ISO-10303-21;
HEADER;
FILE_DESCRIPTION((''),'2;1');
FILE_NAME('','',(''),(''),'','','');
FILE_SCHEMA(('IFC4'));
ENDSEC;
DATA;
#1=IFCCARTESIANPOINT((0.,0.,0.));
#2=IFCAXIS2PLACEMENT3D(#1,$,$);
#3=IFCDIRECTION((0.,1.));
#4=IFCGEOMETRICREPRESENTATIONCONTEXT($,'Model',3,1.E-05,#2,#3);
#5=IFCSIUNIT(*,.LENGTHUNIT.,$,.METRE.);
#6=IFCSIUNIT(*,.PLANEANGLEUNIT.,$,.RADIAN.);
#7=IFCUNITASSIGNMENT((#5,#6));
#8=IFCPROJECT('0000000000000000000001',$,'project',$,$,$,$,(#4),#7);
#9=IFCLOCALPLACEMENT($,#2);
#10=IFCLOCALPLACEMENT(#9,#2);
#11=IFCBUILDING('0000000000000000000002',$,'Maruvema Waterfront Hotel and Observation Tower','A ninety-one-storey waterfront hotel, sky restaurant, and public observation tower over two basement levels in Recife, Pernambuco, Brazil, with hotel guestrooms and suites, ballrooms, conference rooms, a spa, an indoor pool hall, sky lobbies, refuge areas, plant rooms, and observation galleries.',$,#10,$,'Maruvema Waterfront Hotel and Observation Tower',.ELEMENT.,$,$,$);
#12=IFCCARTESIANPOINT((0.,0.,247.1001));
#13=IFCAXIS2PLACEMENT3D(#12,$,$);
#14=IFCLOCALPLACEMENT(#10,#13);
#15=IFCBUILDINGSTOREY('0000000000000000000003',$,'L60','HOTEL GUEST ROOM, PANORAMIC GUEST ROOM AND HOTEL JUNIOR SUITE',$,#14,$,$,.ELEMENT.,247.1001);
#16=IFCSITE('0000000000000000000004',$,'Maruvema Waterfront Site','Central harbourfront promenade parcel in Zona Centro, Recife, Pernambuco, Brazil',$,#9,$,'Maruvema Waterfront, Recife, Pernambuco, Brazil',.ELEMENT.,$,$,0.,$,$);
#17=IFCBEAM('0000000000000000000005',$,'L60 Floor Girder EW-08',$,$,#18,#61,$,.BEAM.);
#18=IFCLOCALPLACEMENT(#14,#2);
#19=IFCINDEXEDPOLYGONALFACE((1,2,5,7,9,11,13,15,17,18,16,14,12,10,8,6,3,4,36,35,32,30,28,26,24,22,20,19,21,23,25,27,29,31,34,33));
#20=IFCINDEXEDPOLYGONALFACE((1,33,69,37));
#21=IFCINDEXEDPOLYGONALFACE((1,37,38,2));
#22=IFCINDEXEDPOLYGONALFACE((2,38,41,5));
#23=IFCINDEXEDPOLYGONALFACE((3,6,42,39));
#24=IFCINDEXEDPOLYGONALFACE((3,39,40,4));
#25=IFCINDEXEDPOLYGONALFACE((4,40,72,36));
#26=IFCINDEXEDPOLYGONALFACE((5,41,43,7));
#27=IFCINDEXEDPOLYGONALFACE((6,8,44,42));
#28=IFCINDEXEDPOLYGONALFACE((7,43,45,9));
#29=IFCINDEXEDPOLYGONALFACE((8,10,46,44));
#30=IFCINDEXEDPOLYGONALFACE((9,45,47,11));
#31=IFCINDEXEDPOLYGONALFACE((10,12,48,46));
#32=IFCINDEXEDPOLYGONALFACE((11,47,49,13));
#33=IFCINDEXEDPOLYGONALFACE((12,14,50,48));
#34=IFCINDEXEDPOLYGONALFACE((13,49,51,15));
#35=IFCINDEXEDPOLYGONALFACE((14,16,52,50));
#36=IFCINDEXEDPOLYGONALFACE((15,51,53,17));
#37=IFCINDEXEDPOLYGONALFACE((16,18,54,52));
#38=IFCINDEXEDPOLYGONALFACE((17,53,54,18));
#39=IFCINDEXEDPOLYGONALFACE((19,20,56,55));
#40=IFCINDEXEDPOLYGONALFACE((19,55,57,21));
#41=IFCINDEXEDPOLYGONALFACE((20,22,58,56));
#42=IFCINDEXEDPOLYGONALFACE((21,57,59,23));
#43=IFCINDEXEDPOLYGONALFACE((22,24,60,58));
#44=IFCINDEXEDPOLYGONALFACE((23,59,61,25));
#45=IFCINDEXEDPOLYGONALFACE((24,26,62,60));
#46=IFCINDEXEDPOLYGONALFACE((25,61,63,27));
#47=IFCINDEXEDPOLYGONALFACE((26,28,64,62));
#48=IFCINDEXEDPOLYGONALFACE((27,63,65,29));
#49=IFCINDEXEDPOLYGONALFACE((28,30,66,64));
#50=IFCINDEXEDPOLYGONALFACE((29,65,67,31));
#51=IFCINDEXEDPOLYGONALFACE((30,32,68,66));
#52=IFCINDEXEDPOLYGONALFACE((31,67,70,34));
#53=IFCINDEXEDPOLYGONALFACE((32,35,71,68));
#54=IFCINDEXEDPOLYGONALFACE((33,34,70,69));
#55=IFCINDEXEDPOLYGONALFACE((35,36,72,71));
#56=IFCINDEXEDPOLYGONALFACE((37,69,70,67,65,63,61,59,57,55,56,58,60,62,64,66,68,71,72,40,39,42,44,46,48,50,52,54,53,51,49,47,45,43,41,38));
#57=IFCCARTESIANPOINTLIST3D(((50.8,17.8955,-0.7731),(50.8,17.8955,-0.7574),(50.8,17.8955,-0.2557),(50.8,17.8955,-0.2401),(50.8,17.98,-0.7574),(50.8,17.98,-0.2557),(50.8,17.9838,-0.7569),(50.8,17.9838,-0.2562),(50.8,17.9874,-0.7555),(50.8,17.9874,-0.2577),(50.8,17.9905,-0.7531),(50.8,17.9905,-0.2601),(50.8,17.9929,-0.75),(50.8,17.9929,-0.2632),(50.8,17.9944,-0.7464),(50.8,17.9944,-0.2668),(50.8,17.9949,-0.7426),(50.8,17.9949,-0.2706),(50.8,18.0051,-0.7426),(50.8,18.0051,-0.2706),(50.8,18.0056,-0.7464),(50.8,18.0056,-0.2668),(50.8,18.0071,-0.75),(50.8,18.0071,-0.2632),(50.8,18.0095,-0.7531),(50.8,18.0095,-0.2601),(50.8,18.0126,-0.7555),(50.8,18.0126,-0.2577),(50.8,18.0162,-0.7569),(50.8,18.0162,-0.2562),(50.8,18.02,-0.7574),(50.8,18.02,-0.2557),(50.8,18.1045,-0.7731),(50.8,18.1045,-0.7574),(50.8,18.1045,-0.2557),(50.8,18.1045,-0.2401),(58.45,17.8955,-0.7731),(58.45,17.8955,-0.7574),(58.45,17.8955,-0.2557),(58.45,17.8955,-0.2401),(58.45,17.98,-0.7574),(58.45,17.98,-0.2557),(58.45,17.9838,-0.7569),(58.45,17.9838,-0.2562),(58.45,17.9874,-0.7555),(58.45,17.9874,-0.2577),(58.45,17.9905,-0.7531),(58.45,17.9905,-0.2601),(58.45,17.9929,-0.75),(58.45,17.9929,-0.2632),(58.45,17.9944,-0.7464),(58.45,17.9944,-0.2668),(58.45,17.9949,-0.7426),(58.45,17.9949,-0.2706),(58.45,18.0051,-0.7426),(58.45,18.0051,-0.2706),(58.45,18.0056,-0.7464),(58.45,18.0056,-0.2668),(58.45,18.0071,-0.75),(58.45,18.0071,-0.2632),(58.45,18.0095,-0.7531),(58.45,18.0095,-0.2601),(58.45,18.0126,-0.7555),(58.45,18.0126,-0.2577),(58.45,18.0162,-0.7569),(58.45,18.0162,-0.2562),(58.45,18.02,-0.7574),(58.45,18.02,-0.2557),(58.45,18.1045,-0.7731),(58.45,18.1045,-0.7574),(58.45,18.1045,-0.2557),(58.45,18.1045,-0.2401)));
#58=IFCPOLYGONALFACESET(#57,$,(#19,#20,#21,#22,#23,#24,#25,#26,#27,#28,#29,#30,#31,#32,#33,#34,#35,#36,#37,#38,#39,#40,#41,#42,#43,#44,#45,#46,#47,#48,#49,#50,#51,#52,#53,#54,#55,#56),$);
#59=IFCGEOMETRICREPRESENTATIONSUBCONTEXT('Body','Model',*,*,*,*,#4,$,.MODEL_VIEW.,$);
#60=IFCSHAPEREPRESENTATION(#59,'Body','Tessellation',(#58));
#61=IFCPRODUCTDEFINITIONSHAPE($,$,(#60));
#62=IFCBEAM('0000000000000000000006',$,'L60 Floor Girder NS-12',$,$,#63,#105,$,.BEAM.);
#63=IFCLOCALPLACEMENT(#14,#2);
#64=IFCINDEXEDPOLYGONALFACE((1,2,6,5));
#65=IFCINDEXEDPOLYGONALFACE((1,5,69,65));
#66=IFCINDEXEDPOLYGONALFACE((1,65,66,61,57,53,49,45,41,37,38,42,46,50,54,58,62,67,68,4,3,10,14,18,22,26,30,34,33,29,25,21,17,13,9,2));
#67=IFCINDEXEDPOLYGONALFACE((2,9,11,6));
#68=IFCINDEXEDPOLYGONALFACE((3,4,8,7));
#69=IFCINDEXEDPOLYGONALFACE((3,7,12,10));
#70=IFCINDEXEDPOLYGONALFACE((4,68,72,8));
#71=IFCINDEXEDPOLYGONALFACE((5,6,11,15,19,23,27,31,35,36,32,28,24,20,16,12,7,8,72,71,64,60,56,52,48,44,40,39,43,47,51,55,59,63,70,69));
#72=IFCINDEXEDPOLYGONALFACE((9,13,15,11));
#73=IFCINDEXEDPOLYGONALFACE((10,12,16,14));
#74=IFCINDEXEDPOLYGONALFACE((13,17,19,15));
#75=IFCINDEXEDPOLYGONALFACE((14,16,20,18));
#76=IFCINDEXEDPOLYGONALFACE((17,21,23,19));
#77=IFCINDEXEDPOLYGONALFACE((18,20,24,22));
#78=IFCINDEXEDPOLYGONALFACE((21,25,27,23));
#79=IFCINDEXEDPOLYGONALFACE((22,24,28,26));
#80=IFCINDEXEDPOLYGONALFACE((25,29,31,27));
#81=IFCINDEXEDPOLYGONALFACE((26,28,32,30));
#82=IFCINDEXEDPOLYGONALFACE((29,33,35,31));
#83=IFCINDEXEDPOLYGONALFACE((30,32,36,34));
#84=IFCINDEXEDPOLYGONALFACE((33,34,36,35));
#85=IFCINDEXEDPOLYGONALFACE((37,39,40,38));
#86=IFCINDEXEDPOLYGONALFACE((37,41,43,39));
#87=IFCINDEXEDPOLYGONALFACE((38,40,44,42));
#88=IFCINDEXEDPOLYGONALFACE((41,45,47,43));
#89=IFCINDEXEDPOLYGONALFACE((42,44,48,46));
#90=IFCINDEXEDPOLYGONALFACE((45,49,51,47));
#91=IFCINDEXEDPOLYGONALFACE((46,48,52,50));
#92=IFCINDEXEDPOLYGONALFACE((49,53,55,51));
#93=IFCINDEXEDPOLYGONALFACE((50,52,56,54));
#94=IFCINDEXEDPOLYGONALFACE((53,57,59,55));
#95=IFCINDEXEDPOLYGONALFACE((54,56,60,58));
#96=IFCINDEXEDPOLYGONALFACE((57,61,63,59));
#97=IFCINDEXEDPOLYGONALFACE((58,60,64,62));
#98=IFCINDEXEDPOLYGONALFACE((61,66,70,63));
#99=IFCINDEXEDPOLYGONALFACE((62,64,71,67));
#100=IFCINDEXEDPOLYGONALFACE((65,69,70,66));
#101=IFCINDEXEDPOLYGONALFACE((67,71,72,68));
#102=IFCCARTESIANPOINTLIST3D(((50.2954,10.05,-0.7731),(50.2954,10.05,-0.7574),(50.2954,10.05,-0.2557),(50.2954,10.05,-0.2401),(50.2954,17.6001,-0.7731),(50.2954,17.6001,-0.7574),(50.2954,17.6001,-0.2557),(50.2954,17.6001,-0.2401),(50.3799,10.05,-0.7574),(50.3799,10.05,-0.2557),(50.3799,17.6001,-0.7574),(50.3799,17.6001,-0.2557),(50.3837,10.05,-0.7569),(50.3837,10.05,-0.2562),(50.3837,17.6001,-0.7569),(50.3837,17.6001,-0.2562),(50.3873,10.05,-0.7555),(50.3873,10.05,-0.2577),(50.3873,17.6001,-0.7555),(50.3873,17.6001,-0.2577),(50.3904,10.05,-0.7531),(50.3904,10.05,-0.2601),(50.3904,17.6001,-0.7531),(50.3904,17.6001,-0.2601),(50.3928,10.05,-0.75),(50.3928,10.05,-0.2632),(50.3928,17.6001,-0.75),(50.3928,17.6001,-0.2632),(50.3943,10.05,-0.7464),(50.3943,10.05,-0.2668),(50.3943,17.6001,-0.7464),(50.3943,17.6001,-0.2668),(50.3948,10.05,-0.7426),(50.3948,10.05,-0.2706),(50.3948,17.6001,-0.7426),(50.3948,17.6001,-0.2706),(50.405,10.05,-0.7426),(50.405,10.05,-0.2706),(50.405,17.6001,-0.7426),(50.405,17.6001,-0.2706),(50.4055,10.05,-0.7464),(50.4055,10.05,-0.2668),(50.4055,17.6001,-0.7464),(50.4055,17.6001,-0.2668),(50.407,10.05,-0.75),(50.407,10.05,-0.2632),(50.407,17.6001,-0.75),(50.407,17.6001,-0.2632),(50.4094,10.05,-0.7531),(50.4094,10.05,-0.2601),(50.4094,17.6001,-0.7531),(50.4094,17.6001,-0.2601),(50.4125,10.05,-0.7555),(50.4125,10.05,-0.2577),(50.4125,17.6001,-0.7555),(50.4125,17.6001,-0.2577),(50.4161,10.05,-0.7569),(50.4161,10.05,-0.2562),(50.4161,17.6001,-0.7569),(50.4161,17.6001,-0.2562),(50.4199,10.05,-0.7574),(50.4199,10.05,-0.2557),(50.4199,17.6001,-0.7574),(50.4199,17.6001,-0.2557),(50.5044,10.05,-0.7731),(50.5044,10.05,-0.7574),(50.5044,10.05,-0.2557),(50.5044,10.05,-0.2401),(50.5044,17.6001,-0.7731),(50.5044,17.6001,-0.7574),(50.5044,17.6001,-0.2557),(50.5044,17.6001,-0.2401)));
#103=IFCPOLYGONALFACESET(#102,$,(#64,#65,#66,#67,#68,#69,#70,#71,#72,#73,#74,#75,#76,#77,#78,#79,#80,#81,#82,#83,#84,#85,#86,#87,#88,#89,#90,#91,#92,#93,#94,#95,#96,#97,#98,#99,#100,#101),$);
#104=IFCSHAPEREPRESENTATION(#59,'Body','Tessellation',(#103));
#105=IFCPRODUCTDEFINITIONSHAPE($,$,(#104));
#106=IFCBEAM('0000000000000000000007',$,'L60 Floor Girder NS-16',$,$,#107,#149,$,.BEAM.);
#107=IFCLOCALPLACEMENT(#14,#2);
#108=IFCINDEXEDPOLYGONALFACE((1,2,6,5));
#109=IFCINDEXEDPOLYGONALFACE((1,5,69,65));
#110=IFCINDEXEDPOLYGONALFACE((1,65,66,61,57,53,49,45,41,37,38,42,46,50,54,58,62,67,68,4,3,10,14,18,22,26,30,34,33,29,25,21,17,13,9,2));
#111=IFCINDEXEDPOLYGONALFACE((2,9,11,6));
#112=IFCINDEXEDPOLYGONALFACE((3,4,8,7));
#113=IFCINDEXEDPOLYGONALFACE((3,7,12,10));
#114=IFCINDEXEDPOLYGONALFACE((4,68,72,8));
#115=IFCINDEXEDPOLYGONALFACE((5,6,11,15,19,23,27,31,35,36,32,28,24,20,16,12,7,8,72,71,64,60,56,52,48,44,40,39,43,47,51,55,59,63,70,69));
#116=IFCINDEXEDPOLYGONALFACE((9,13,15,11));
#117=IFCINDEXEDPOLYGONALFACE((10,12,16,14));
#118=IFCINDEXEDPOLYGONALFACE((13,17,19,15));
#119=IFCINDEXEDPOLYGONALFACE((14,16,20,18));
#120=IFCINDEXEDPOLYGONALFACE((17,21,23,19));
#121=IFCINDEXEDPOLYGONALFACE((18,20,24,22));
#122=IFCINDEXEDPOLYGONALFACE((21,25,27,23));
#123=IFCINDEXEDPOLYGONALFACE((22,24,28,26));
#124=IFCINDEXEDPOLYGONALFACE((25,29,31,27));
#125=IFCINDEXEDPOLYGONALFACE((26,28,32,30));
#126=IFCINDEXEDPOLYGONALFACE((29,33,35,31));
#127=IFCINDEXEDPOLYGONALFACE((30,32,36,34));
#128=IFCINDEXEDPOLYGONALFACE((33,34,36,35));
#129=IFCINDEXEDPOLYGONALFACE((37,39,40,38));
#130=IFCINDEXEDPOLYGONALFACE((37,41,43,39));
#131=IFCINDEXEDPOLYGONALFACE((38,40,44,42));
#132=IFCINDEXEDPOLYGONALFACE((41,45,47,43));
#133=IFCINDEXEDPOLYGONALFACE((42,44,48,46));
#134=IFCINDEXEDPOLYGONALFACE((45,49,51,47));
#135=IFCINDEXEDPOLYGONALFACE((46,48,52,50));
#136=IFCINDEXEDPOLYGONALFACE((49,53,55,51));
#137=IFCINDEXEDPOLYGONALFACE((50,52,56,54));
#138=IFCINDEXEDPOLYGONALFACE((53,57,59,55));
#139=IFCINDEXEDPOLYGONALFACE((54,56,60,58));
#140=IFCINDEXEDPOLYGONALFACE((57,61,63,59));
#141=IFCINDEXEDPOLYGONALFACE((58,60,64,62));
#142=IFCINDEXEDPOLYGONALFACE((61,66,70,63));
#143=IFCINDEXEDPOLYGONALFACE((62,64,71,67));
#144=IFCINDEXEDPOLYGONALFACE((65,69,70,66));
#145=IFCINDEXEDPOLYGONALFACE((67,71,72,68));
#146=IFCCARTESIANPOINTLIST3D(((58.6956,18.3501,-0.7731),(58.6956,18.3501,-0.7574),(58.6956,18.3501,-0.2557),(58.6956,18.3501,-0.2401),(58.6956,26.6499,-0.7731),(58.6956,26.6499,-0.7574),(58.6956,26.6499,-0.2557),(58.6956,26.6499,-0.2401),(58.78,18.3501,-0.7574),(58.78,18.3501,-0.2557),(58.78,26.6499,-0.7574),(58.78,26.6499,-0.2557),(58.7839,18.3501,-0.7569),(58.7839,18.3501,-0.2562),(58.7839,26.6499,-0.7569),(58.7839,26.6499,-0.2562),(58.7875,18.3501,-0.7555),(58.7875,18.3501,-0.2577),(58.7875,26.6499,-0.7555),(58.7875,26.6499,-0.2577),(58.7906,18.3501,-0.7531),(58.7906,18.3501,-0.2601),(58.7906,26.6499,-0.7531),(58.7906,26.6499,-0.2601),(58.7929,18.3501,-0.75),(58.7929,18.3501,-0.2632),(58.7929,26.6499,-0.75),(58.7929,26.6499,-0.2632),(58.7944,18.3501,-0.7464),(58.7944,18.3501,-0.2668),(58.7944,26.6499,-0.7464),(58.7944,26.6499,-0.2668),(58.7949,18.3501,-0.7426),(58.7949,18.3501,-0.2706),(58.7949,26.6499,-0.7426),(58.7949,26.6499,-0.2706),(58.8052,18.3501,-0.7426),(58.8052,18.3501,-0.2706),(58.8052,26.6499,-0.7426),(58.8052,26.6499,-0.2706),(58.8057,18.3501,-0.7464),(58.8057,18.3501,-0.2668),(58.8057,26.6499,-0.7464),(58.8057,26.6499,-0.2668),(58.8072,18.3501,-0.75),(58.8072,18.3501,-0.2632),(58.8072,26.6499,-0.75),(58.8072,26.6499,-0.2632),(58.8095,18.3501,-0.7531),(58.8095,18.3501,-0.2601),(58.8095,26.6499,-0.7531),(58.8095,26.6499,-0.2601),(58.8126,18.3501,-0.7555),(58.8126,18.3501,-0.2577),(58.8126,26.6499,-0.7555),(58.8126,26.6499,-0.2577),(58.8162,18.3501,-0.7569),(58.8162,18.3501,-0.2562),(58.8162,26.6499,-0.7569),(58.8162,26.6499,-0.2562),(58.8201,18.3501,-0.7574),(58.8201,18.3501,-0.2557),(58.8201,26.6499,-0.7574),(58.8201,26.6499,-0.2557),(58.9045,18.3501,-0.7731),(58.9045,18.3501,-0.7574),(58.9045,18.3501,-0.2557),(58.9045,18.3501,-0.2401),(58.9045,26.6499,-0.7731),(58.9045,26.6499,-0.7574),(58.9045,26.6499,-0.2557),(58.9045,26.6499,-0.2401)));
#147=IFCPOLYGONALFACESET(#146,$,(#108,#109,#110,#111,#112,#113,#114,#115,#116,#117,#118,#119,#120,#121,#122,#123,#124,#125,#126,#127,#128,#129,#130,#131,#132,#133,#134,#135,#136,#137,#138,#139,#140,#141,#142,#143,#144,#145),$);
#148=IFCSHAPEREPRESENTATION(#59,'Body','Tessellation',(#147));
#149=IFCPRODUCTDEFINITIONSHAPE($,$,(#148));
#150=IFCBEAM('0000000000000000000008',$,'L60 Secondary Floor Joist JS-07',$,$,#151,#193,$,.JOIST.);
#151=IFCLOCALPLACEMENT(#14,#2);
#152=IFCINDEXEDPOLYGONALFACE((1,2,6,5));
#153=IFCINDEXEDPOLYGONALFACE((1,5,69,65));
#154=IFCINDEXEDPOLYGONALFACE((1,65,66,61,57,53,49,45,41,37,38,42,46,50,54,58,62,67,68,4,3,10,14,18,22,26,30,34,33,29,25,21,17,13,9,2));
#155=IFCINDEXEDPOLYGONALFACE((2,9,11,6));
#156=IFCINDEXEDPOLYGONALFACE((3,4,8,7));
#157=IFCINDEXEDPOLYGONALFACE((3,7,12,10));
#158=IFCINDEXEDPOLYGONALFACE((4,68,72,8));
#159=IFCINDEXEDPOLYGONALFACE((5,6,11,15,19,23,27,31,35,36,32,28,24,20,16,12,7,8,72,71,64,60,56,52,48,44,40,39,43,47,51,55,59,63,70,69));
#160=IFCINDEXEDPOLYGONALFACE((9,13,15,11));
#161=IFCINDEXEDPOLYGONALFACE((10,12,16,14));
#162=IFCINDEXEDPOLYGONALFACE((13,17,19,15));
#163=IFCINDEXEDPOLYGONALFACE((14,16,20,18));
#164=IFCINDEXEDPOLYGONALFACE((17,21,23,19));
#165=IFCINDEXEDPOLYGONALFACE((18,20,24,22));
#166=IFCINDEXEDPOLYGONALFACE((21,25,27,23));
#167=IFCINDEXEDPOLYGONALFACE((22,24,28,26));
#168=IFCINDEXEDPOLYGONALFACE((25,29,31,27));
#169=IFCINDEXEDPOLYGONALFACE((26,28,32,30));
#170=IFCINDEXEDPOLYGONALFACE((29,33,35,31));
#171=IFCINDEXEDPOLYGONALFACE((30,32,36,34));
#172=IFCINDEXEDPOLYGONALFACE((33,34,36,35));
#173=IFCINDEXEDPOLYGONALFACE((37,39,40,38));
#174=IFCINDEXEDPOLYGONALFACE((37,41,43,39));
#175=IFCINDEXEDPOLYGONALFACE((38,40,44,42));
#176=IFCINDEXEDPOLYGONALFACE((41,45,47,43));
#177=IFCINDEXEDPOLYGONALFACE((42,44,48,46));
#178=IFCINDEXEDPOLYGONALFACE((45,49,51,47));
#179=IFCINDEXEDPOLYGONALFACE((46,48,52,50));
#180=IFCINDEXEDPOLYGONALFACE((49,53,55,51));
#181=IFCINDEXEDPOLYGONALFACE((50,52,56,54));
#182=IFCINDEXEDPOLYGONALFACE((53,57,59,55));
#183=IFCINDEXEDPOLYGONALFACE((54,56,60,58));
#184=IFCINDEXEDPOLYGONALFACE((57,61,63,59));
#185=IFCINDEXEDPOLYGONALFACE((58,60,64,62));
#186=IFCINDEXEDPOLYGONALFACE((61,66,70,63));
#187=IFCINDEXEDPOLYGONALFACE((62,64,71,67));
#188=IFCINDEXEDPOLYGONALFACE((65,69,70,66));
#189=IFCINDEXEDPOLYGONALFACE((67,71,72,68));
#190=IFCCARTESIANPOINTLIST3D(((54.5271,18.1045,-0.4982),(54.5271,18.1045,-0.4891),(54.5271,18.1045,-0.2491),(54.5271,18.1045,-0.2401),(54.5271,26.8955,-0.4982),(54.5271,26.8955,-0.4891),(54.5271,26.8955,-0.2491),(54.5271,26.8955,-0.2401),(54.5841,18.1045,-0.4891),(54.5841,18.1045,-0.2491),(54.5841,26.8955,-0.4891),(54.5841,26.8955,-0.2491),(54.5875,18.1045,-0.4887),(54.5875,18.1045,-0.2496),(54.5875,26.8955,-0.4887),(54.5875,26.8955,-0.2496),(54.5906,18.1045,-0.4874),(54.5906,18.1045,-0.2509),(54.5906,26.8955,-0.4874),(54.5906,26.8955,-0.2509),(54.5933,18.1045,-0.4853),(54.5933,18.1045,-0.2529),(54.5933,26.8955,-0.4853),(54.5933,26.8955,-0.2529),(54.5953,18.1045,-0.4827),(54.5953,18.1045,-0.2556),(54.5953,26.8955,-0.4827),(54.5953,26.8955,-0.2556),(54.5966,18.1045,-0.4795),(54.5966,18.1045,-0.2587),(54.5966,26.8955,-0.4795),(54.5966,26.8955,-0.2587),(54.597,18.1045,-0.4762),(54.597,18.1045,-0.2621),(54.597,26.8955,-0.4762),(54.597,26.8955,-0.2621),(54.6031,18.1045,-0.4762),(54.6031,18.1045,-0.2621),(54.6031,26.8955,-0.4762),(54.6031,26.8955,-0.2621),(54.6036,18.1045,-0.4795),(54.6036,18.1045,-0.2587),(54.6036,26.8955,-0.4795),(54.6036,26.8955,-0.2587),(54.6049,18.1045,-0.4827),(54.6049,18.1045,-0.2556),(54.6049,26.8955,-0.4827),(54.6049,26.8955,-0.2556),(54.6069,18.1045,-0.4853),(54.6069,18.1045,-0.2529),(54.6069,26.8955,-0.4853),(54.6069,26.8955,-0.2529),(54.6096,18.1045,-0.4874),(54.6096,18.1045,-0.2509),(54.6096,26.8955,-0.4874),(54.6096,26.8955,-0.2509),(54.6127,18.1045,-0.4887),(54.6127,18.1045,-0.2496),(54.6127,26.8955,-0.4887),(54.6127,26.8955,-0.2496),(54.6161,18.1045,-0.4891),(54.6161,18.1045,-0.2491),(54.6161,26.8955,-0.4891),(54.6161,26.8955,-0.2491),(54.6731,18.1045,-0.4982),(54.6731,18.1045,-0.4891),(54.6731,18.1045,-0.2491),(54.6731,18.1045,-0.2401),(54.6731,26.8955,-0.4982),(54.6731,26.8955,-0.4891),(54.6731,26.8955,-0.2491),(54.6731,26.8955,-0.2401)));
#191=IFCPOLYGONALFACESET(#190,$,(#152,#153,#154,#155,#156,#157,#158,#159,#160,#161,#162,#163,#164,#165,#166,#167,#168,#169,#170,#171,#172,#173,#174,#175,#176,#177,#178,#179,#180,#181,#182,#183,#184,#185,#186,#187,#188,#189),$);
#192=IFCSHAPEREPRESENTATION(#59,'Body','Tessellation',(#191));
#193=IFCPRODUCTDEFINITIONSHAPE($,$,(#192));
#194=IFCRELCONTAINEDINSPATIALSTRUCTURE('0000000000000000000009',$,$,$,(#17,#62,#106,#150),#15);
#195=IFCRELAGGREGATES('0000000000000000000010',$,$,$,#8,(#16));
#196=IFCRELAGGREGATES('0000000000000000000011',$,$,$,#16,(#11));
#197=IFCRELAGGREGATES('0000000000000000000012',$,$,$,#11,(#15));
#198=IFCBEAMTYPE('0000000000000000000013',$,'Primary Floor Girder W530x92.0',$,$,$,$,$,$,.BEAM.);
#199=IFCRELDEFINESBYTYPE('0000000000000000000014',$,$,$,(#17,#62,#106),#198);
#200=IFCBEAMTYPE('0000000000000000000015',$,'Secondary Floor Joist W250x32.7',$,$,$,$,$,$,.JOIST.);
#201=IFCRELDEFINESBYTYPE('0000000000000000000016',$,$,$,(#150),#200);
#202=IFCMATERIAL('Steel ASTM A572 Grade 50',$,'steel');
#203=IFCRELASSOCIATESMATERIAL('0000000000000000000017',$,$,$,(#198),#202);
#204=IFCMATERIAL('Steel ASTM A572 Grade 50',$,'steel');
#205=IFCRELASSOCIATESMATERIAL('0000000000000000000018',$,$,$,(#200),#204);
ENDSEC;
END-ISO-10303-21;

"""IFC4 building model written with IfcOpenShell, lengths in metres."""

from ifc_helpers import new_model, si_unit, direction, frame, origin, origin_2d, place, context, subcontext, project, spatial, i_section, extrude, material, material_profile, profile_set, type_object, element, save


model = new_model("IFC4")

# Units and contexts
model_context = context("Model", 3, precision=1e-05, world=origin(), true_north=direction((0.0, 1.0)))
body_context = subcontext(model_context, "Body", "Model", "MODEL_VIEW")
ifc_project = project(units=[si_unit("LENGTHUNIT", "METRE"), si_unit("PLANEANGLEUNIT", "RADIAN")], contexts=[model_context])

# Site, building, storey
site_placement = place(None, origin())
site = spatial("IfcSite", under=ifc_project, at=site_placement, Name="Maruvema Waterfront Site", Description="Central harbourfront promenade parcel in Zona Centro, Recife, Pernambuco, Brazil", LongName="Maruvema Waterfront, Recife, Pernambuco, Brazil", CompositionType="ELEMENT", RefElevation=0.0)
building_placement = place(site_placement, origin())
building = spatial("IfcBuilding", under=site, at=building_placement, Name="Maruvema Waterfront Hotel and Observation Tower", Description="A ninety-one-storey waterfront hotel, sky restaurant, and public observation tower over two basement levels in Recife, Pernambuco, Brazil, with hotel guestrooms and suites, ballrooms, conference rooms, a spa, an indoor pool hall, sky lobbies, refuge areas, plant rooms, and observation galleries.", LongName="Maruvema Waterfront Hotel and Observation Tower", CompositionType="ELEMENT")
storey_placement = place(building_placement, frame((0.0, 0.0, 247.1001)))
storey = spatial("IfcBuildingStorey", under=building, at=storey_placement, Name="L60", Description="HOTEL GUEST ROOM, PANORAMIC GUEST ROOM AND HOTEL JUNIOR SUITE", CompositionType="ELEMENT", Elevation=247.1001)

# Beams
ifc_material_1 = material(Name="Steel ASTM A572 Grade 50", Category="steel")
ifc_material_profile_1 = material_profile(ifc_material_1, i_section(OverallWidth=0.209, OverallDepth=0.533, WebThickness=0.0103, FlangeThickness=0.0156, FilletRadius=0.0149, at=origin_2d()), Name="W530x92.0")
ifc_profile_set_1 = profile_set([ifc_material_profile_1], Name="Steel ASTM A572 Grade 50")
beam_type_1 = type_object("IfcBeamType", Name="Primary Floor Girder W530x92.0", PredefinedType="BEAM", material=ifc_profile_set_1)
beam_1_placement = place(storey_placement, frame((50.8, 18.0, -0.5066), z_axis=(1.0, 0.0, 0.0), x_axis=(0.0, 1.0, 0.0)))
element("IfcBeam", 1, at=beam_1_placement, inside=storey, type_object=beam_type_1, Name="L60 Floor Girder EW-08", PredefinedType="BEAM", context=body_context, shape_type="SweptSolid", body=[
    extrude(i_section(OverallWidth=0.209, OverallDepth=0.533, WebThickness=0.0103, FlangeThickness=0.0156, FilletRadius=0.0149, at=origin_2d()), origin(), (0.0, 0.0, 1.0), 7.6499),
])
beam_2_placement = place(storey_placement, frame((50.3999, 10.05, -0.5066), z_axis=(0.0, 1.0, 0.0), x_axis=(-1.0, 0.0, 0.0)))
element("IfcBeam", 2, at=beam_2_placement, inside=storey, type_object=beam_type_1, Name="L60 Floor Girder NS-12", PredefinedType="BEAM", context=body_context, shape_type="SweptSolid", body=[
    extrude(i_section(OverallWidth=0.209, OverallDepth=0.533, WebThickness=0.0103, FlangeThickness=0.0156, FilletRadius=0.0149, at=origin_2d()), origin(), (0.0, 0.0, 1.0), 7.55),
])
beam_3_placement = place(storey_placement, frame((58.8, 18.3501, -0.5066), z_axis=(0.0, 1.0, 0.0), x_axis=(-1.0, 0.0, 0.0)))
element("IfcBeam", 3, at=beam_3_placement, inside=storey, type_object=beam_type_1, Name="L60 Floor Girder NS-16", PredefinedType="BEAM", context=body_context, shape_type="SweptSolid", body=[
    extrude(i_section(OverallWidth=0.209, OverallDepth=0.533, WebThickness=0.0103, FlangeThickness=0.0156, FilletRadius=0.0149, at=origin_2d()), origin(), (0.0, 0.0, 1.0), 8.2998),
])
ifc_material_2 = material(Name="Steel ASTM A572 Grade 50", Category="steel")
ifc_material_profile_2 = material_profile(ifc_material_2, i_section(OverallWidth=0.146, OverallDepth=0.2581, WebThickness=0.0061, FlangeThickness=0.009, FilletRadius=0.0129, at=origin_2d()), Name="W250x32.7")
ifc_profile_set_2 = profile_set([ifc_material_profile_2], Name="Steel ASTM A572 Grade 50")
beam_type_2 = type_object("IfcBeamType", Name="Secondary Floor Joist W250x32.7", PredefinedType="JOIST", material=ifc_profile_set_2)
beam_4_placement = place(storey_placement, frame((54.6001, 18.1045, -0.3691), z_axis=(0.0, 1.0, 0.0), x_axis=(-1.0, 0.0, 0.0)))
element("IfcBeam", 4, at=beam_4_placement, inside=storey, type_object=beam_type_2, Name="L60 Secondary Floor Joist JS-07", PredefinedType="JOIST", context=body_context, shape_type="SweptSolid", body=[
    extrude(i_section(OverallWidth=0.146, OverallDepth=0.2581, WebThickness=0.0061, FlangeThickness=0.009, FilletRadius=0.0129, at=origin_2d()), origin(), (0.0, 0.0, 1.0), 8.791),
])

save(model, "model.ifc")
